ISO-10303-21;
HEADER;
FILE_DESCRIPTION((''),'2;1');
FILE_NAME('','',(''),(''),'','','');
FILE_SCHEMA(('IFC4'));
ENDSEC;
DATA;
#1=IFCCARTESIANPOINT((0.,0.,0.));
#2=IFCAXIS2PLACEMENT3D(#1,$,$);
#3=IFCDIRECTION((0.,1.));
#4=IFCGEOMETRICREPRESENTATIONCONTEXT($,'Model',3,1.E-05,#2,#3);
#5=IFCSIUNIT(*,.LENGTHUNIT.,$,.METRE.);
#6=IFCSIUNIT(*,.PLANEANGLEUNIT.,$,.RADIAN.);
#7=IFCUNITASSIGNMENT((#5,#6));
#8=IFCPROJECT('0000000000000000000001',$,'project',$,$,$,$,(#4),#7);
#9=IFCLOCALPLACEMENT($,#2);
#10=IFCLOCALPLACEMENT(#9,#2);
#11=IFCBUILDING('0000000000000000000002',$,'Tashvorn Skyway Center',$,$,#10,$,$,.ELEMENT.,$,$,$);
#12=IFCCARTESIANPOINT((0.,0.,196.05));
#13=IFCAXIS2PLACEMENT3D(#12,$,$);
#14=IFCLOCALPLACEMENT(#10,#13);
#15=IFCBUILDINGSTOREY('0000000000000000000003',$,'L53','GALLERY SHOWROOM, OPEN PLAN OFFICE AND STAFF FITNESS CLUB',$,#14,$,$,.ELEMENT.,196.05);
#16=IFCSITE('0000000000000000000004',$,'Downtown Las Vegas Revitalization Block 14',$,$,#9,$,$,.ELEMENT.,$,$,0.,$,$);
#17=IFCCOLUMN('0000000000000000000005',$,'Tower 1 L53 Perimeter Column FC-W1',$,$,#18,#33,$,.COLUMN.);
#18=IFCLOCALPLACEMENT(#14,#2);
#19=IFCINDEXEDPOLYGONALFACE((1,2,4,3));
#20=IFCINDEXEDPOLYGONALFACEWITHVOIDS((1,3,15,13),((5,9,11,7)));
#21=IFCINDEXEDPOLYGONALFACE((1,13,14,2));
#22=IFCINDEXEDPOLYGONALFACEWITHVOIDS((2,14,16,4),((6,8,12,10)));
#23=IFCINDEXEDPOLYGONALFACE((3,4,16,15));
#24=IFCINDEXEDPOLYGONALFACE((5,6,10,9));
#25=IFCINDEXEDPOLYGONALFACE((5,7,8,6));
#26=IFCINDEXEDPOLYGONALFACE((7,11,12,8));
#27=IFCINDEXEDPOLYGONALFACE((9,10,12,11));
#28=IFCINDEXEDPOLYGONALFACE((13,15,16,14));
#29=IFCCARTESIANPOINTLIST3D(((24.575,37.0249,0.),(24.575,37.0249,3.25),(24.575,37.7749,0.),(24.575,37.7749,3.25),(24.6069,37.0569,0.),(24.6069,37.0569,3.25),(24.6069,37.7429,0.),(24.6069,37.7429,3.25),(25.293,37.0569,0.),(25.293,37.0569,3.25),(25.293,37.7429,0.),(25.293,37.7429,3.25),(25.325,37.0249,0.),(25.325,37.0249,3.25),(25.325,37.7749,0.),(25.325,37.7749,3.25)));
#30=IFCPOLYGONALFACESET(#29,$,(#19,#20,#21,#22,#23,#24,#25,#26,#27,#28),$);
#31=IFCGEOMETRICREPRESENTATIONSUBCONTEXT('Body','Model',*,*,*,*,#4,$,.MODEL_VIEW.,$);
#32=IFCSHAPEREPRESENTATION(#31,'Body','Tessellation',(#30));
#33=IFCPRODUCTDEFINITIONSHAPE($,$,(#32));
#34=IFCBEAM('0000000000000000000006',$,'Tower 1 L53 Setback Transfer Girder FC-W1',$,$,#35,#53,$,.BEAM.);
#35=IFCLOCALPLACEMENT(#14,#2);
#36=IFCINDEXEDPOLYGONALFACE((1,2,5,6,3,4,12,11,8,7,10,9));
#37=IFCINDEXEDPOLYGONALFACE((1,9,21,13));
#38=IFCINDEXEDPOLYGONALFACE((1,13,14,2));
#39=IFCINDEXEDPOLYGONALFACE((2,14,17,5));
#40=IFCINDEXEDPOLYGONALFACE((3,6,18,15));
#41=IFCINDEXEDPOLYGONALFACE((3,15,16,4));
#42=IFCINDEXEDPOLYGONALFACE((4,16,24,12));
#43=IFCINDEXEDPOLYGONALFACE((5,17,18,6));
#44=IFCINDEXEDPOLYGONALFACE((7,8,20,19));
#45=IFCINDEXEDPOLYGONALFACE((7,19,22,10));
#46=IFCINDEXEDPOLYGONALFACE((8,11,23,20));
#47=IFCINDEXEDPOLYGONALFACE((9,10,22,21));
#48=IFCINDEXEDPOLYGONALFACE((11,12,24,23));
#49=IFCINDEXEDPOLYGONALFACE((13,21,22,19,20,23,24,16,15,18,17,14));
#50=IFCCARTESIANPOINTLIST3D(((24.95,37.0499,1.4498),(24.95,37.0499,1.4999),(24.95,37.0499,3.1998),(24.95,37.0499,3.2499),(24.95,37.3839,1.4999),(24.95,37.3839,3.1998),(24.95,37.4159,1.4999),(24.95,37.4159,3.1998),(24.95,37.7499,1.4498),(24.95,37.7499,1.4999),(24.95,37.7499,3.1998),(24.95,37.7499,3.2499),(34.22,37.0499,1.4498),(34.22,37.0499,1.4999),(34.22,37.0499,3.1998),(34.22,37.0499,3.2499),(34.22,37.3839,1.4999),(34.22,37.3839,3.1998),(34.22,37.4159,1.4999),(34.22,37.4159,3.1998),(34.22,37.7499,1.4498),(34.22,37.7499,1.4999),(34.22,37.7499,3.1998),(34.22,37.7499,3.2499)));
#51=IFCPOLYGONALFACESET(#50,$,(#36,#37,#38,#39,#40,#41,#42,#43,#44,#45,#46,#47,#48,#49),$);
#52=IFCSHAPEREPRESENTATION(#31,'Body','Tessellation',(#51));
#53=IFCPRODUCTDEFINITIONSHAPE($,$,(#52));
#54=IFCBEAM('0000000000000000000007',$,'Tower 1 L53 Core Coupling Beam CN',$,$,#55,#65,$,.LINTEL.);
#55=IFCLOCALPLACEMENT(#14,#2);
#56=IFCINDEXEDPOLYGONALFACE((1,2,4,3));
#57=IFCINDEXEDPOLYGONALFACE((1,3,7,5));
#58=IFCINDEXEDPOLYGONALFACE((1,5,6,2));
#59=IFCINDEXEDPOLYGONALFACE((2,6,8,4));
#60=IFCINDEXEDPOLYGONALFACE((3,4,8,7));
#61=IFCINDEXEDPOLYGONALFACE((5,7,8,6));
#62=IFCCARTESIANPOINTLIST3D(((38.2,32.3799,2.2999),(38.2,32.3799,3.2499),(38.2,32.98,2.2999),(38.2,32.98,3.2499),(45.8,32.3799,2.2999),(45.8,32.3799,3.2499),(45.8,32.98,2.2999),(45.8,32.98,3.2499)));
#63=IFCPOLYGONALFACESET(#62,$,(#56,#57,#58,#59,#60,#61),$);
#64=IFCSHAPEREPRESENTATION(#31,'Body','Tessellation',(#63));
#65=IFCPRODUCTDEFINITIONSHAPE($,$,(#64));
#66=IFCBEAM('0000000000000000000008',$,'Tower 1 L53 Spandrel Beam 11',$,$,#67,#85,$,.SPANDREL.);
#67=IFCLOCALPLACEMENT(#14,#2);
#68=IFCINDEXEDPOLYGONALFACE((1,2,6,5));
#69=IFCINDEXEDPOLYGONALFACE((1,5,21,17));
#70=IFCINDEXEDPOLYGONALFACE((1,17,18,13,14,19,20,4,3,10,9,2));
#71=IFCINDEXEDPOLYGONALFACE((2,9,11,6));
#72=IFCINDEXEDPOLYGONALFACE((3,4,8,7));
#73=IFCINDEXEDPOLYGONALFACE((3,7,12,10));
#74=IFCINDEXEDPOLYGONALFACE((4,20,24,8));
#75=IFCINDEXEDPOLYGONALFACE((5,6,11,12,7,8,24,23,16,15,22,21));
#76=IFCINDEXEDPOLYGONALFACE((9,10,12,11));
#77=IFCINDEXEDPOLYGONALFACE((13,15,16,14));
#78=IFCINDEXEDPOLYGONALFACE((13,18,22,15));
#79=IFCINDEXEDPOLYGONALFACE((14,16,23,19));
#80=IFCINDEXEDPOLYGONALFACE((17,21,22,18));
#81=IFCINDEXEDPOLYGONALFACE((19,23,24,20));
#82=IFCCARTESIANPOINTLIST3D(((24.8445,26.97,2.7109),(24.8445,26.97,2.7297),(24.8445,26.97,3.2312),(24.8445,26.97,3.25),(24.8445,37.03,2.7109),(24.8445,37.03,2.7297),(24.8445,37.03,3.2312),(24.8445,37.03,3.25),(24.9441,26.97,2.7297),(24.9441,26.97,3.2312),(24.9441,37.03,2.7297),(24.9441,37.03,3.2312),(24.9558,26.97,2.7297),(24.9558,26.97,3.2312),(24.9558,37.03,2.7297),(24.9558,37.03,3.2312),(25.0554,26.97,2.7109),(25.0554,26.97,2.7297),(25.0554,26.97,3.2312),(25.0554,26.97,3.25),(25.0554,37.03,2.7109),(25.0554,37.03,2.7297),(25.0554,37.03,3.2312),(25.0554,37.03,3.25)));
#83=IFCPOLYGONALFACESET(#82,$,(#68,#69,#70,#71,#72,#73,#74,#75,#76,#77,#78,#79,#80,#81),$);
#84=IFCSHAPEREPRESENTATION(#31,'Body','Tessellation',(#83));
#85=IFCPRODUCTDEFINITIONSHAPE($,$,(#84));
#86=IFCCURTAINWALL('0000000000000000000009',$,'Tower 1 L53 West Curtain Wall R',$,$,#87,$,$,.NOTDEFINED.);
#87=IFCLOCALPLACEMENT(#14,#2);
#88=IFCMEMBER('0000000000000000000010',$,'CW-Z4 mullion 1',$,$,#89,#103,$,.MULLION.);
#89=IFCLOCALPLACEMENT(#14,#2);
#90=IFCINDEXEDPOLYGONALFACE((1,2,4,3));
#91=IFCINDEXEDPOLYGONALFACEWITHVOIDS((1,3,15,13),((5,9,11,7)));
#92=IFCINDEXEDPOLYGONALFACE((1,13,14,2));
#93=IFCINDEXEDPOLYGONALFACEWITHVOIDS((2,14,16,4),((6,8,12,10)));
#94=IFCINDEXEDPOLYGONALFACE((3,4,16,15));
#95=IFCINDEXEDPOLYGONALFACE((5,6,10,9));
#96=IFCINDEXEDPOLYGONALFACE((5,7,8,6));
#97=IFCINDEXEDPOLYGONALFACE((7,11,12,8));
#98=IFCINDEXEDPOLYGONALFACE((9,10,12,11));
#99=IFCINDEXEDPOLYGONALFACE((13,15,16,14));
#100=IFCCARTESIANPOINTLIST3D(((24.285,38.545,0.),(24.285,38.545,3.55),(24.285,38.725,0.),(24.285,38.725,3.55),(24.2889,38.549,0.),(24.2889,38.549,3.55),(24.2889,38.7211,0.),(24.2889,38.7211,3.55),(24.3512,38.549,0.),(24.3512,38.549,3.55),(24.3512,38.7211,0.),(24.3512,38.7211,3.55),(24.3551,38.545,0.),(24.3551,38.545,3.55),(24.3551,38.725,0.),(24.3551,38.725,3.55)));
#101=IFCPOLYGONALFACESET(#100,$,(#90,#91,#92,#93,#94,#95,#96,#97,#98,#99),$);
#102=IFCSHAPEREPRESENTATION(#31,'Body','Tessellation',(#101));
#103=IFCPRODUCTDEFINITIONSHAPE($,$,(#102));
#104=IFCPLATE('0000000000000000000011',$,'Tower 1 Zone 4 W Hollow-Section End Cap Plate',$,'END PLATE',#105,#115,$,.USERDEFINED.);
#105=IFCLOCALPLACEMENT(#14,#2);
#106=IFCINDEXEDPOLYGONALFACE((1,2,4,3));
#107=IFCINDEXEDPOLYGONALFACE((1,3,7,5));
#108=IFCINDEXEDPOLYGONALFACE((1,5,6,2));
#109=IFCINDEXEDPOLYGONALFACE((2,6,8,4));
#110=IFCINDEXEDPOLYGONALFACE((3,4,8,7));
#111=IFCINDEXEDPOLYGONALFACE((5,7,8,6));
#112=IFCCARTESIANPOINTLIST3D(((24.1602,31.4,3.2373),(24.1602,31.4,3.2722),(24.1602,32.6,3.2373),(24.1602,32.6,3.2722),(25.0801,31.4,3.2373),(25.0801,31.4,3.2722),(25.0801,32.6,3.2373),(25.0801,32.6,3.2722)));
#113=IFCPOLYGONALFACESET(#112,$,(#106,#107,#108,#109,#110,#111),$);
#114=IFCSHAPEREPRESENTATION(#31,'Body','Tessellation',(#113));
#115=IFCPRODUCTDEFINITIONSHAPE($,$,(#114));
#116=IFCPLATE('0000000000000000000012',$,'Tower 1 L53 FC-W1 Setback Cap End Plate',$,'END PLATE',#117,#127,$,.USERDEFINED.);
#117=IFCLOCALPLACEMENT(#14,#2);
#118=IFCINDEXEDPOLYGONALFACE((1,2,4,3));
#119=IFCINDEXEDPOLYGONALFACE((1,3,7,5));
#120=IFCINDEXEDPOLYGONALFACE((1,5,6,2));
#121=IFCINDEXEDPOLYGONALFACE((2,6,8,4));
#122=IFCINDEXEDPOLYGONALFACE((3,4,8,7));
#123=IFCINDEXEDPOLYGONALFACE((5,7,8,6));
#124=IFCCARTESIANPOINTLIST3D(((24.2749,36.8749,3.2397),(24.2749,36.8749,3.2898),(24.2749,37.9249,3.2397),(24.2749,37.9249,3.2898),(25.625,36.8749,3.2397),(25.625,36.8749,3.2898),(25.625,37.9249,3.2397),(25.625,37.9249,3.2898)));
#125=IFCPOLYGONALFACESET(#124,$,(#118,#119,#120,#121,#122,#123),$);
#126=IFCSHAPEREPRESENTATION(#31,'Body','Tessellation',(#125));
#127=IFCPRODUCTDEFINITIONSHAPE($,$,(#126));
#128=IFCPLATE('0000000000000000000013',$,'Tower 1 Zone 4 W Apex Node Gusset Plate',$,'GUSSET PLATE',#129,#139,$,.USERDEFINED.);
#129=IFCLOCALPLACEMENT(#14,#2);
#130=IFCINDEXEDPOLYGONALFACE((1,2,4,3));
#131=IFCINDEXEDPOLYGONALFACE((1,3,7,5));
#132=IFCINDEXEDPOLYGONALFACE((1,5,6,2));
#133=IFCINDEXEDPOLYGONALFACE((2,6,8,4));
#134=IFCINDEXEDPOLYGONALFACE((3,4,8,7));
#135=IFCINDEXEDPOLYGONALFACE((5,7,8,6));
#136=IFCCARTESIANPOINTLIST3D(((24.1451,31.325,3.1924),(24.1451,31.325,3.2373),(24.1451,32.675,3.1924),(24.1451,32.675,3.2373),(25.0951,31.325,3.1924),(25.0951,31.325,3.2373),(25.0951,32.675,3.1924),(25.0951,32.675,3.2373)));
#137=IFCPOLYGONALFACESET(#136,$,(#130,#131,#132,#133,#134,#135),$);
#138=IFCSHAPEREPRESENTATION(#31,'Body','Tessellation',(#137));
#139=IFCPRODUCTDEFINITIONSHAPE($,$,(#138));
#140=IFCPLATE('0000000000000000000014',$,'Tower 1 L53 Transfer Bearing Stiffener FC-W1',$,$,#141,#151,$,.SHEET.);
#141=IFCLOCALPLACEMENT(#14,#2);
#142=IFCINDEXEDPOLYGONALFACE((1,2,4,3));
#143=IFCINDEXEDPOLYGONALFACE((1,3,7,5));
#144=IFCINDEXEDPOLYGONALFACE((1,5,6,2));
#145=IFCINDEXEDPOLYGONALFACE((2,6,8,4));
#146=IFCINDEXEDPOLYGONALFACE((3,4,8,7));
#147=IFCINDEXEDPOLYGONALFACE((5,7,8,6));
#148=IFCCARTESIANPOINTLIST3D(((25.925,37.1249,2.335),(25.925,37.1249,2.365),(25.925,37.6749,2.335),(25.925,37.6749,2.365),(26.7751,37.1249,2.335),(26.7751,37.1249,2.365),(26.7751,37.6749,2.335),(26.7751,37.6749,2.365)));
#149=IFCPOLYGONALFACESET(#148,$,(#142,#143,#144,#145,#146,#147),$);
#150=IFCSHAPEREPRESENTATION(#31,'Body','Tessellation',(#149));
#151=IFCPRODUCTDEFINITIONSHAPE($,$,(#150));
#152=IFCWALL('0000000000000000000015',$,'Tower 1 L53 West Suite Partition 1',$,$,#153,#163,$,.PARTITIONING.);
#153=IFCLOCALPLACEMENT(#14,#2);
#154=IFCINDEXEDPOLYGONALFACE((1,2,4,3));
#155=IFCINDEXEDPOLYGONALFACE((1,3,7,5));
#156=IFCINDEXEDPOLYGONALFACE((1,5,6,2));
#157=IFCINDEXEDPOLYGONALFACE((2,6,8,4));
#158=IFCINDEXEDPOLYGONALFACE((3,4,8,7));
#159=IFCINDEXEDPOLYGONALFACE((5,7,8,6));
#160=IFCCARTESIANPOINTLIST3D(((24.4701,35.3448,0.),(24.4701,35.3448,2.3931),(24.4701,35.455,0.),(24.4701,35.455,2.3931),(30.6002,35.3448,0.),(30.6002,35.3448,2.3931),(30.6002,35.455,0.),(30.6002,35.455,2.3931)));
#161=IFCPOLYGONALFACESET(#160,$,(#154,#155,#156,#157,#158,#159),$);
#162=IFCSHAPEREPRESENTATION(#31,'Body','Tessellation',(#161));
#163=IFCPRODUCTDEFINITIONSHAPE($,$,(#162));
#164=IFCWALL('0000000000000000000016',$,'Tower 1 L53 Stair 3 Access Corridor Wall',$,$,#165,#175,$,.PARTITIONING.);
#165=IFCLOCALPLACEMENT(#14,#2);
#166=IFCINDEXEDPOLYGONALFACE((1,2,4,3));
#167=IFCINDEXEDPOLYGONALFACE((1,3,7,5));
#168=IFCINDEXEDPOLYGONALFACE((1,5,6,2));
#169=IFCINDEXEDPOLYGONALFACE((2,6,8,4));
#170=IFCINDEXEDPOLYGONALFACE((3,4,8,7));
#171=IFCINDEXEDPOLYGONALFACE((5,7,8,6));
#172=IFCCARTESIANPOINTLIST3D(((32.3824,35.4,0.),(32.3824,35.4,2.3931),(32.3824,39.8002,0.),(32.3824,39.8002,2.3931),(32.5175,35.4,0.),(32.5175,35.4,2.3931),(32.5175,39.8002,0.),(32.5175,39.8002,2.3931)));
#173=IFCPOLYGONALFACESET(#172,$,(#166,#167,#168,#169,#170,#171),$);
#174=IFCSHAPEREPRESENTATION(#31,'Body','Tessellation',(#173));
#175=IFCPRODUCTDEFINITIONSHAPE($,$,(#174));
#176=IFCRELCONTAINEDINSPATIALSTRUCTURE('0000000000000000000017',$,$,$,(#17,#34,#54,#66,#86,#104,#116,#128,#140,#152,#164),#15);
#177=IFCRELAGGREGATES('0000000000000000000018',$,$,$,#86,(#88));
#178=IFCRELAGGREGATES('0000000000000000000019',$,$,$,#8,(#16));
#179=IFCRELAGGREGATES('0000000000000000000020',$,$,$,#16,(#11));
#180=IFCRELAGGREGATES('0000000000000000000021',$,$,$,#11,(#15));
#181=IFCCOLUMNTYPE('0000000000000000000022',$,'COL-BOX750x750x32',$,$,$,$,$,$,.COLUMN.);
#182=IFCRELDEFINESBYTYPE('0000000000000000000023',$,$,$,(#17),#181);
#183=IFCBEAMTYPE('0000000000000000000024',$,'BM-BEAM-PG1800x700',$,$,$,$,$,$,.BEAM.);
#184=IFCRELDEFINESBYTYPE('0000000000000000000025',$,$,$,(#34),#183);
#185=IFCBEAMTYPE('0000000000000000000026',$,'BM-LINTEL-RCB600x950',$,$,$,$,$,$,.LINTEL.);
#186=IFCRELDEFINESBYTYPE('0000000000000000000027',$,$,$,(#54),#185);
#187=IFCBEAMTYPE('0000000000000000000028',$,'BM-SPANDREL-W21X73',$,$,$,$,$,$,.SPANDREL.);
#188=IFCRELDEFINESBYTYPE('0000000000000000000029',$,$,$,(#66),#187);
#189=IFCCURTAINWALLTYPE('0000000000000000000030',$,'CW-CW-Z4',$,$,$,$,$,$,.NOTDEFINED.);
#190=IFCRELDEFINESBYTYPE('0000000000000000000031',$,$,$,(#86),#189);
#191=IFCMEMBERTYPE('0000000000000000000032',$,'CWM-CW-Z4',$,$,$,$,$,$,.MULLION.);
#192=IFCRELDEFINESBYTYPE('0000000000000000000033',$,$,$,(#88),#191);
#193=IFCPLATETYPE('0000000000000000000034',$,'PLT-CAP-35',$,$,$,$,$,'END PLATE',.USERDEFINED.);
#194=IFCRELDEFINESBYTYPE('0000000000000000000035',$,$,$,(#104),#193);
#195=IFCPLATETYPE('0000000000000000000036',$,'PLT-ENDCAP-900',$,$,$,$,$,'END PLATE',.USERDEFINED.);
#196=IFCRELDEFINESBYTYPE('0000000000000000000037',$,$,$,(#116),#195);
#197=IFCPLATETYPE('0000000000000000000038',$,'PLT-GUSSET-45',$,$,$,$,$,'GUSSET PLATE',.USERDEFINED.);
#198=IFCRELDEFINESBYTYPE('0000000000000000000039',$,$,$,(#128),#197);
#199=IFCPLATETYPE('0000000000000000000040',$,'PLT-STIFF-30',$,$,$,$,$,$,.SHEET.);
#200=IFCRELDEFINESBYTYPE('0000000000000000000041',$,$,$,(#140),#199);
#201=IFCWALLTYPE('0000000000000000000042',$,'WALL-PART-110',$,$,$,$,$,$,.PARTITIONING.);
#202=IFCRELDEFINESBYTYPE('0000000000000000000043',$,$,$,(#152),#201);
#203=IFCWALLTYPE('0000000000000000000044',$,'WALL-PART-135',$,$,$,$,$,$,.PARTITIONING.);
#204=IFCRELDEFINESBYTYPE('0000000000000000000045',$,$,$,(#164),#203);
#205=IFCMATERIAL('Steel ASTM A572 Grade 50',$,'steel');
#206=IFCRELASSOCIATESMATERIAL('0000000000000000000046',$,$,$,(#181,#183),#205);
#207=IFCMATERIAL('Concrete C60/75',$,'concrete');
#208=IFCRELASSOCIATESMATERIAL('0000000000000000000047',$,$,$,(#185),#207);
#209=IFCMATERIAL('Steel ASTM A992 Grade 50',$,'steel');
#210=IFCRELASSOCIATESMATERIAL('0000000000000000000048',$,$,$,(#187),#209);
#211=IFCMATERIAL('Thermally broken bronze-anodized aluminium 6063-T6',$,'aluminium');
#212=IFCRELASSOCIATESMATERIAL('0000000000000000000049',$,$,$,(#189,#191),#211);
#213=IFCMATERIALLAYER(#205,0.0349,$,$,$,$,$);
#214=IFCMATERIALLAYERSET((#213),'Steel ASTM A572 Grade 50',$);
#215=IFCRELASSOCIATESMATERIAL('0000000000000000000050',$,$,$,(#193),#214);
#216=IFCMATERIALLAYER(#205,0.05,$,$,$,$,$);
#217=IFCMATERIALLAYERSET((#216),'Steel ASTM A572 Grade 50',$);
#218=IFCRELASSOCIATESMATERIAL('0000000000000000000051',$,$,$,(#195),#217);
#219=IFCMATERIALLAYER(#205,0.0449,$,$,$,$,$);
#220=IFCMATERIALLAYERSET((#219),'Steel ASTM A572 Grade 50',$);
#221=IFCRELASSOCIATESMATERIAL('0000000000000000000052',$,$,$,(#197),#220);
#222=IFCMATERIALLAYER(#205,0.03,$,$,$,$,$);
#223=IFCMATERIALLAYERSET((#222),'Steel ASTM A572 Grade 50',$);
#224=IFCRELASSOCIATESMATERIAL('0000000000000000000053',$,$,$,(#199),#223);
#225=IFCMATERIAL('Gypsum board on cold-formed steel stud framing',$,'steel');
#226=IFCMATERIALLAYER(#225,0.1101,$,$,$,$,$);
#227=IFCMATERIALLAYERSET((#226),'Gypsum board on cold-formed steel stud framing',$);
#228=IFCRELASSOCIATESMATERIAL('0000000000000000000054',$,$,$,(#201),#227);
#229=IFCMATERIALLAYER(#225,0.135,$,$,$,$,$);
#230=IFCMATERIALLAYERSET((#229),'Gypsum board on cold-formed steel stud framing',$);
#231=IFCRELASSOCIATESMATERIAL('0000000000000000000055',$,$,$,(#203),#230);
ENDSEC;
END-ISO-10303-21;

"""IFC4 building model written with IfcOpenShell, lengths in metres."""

from ifc_helpers import new_model, si_unit, direction, frame, frame_2d, origin, origin_2d, place, context, subcontext, project, spatial, rectangle, hollow_rectangle, i_section, extrude, material, layer, layer_set, material_profile, profile_set, type_object, element, aggregate, save


model = new_model("IFC4")

# Units and contexts
model_context = context("Model", 3, precision=1e-05, world=origin(), true_north=direction((0.0, 1.0)))
body_context = subcontext(model_context, "Body", "Model", "MODEL_VIEW")
ifc_project = project(units=[si_unit("LENGTHUNIT", "METRE"), si_unit("PLANEANGLEUNIT", "RADIAN")], contexts=[model_context])

# Site, building, storey
site_placement = place(None, origin())
site = spatial("IfcSite", under=ifc_project, at=site_placement, Name="Downtown Las Vegas Revitalization Block 14", CompositionType="ELEMENT", RefElevation=0.0)
building_placement = place(site_placement, origin())
building = spatial("IfcBuilding", under=site, at=building_placement, Name="Tashvorn Skyway Center", CompositionType="ELEMENT")
storey_placement = place(building_placement, frame((0.0, 0.0, 196.05)))
storey = spatial("IfcBuildingStorey", under=building, at=storey_placement, Name="L53", Description="GALLERY SHOWROOM, OPEN PLAN OFFICE AND STAFF FITNESS CLUB", CompositionType="ELEMENT", Elevation=196.05)

# Column
ifc_material_1 = material(Name="Steel ASTM A572 Grade 50", Category="steel")
ifc_material_profile_1 = material_profile(ifc_material_1, hollow_rectangle(XDim=0.75, YDim=0.75, WallThickness=0.032, at=origin_2d()), Name="BOX750x750x32")
ifc_profile_set_1 = profile_set([ifc_material_profile_1], Name="Steel ASTM A572 Grade 50")
column_type = type_object("IfcColumnType", Name="COL-BOX750x750x32", PredefinedType="COLUMN", material=ifc_profile_set_1)
column_placement = place(storey_placement, frame((24.95, 37.3999, 0.0), z_axis=(0.0, 0.0, 1.0), x_axis=(1.0, 0.0, 0.0)))
element("IfcColumn", 1, at=column_placement, inside=storey, type_object=column_type, Name="Tower 1 L53 Perimeter Column FC-W1", PredefinedType="COLUMN", context=body_context, shape_type="SweptSolid", body=[
    extrude(hollow_rectangle(XDim=0.75, YDim=0.75, WallThickness=0.032, at=origin_2d()), origin(), (0.0, 0.0, 1.0), 3.25),
])

# Beams
ifc_material_profile_2 = material_profile(ifc_material_1, i_section(OverallWidth=0.7, OverallDepth=1.8, WebThickness=0.032, FlangeThickness=0.05, at=origin_2d()), Name="PG1800x700")
ifc_profile_set_2 = profile_set([ifc_material_profile_2], Name="Steel ASTM A572 Grade 50")
beam_type_1 = type_object("IfcBeamType", Name="BM-BEAM-PG1800x700", PredefinedType="BEAM", material=ifc_profile_set_2)
beam_1_placement = place(storey_placement, frame((24.95, 37.3999, 2.3499), z_axis=(1.0, 0.0, 0.0), x_axis=(0.0, 1.0, 0.0)))
element("IfcBeam", 2, at=beam_1_placement, inside=storey, type_object=beam_type_1, Name="Tower 1 L53 Setback Transfer Girder FC-W1", PredefinedType="BEAM", context=body_context, shape_type="SweptSolid", body=[
    extrude(i_section(OverallWidth=0.7, OverallDepth=1.8, WebThickness=0.032, FlangeThickness=0.05, at=origin_2d()), origin(), (0.0, 0.0, 1.0), 9.27),
])
ifc_material_2 = material(Name="Concrete C60/75", Category="concrete")
ifc_material_profile_3 = material_profile(ifc_material_2, rectangle(XDim=0.6001, YDim=0.95, at=origin_2d()), Name="RCB600x950")
ifc_profile_set_3 = profile_set([ifc_material_profile_3], Name="Concrete C60/75")
beam_type_2 = type_object("IfcBeamType", Name="BM-LINTEL-RCB600x950", PredefinedType="LINTEL", material=ifc_profile_set_3)
beam_2_placement = place(storey_placement, frame((38.2, 32.6799, 2.7749), z_axis=(1.0, 0.0, 0.0), x_axis=(0.0, 1.0, 0.0)))
element("IfcBeam", 3, at=beam_2_placement, inside=storey, type_object=beam_type_2, Name="Tower 1 L53 Core Coupling Beam CN", PredefinedType="LINTEL", context=body_context, shape_type="SweptSolid", body=[
    extrude(rectangle(XDim=0.6001, YDim=0.95, at=origin_2d()), origin(), (0.0, 0.0, 1.0), 7.6001),
])
ifc_material_3 = material(Name="Steel ASTM A992 Grade 50", Category="steel")
ifc_material_profile_4 = material_profile(ifc_material_3, i_section(OverallWidth=0.2109, OverallDepth=0.5391, WebThickness=0.0117, FlangeThickness=0.0188, at=origin_2d()), Name="W21X73")
ifc_profile_set_4 = profile_set([ifc_material_profile_4], Name="Steel ASTM A992 Grade 50")
beam_type_3 = type_object("IfcBeamType", Name="BM-SPANDREL-W21X73", PredefinedType="SPANDREL", material=ifc_profile_set_4)
beam_3_placement = place(storey_placement, frame((24.95, 37.03, 2.9805), z_axis=(0.0, -1.0, 0.0), x_axis=(1.0, 0.0, 0.0)))
element("IfcBeam", 4, at=beam_3_placement, inside=storey, type_object=beam_type_3, Name="Tower 1 L53 Spandrel Beam 11", PredefinedType="SPANDREL", context=body_context, shape_type="SweptSolid", body=[
    extrude(i_section(OverallWidth=0.2109, OverallDepth=0.5391, WebThickness=0.0117, FlangeThickness=0.0188, at=origin_2d()), origin(), (0.0, 0.0, 1.0), 10.0601),
])

# Curtain wall, member
ifc_material_4 = material(Name="Thermally broken bronze-anodized aluminium 6063-T6", Category="aluminium")
curtain_wall_type = type_object("IfcCurtainWallType", Name="CW-CW-Z4", PredefinedType="NOTDEFINED", material=ifc_material_4)
curtain_wall_placement = place(storey_placement, origin())
curtain_wall = element("IfcCurtainWall", 5, at=curtain_wall_placement, inside=storey, type_object=curtain_wall_type, Name="Tower 1 L53 West Curtain Wall R", PredefinedType="NOTDEFINED")
ifc_material_profile_5 = material_profile(ifc_material_4, hollow_rectangle(XDim=0.0701, YDim=0.1799, WallThickness=0.0039, at=origin_2d()), Name="ALU-MULL-70x180")
ifc_profile_set_5 = profile_set([ifc_material_profile_5], Name="Thermally broken bronze-anodized aluminium 6063-T6")
member_type = type_object("IfcMemberType", Name="CWM-CW-Z4", PredefinedType="MULLION", material=ifc_profile_set_5)
member_placement = place(storey_placement, frame((24.3201, 38.635, 0.0), z_axis=(0.0, 0.0, 1.0), x_axis=(-1.0, 0.0, 0.0)))
member = element("IfcMember", 6, at=member_placement, type_object=member_type, Name="CW-Z4 mullion 1", PredefinedType="MULLION", context=body_context, shape_type="SweptSolid", body=[
    extrude(hollow_rectangle(XDim=0.0701, YDim=0.1799, WallThickness=0.0039, at=origin_2d()), origin(), (0.0, 0.0, 1.0), 3.55),
])
aggregate(curtain_wall, [member])

# Plates
ifc_layer_1 = layer(ifc_material_1, 0.0349)
ifc_layer_set_1 = layer_set([ifc_layer_1], Name="Steel ASTM A572 Grade 50")
plate_type_1 = type_object("IfcPlateType", Name="PLT-CAP-35", ElementType="END PLATE", PredefinedType="USERDEFINED", material=ifc_layer_set_1)
plate_1_placement = place(storey_placement, frame((24.6201, 32.0, 3.2373), z_axis=(0.0, 0.0, 1.0), x_axis=(0.0, -1.0, 0.0)))
element("IfcPlate", 7, at=plate_1_placement, inside=storey, type_object=plate_type_1, Name="Tower 1 Zone 4 W Hollow-Section End Cap Plate", ObjectType="END PLATE", PredefinedType="USERDEFINED", context=body_context, shape_type="SweptSolid", body=[
    extrude(rectangle(XDim=1.2, YDim=0.9199, at=origin_2d()), origin(), (0.0, 0.0, 1.0), 0.0349),
])
ifc_layer_2 = layer(ifc_material_1, 0.05)
ifc_layer_set_2 = layer_set([ifc_layer_2], Name="Steel ASTM A572 Grade 50")
plate_type_2 = type_object("IfcPlateType", Name="PLT-ENDCAP-900", ElementType="END PLATE", PredefinedType="USERDEFINED", material=ifc_layer_set_2)
plate_2_placement = place(storey_placement, frame((24.95, 37.3999, 3.2397), z_axis=(0.0, 0.0, 1.0), x_axis=(1.0, 0.0, 0.0)))
element("IfcPlate", 8, at=plate_2_placement, inside=storey, type_object=plate_type_2, Name="Tower 1 L53 FC-W1 Setback Cap End Plate", ObjectType="END PLATE", PredefinedType="USERDEFINED", context=body_context, shape_type="SweptSolid", body=[
    extrude(rectangle(XDim=1.3501, YDim=1.05, at=origin_2d()), origin(), (0.0, 0.0, 1.0), 0.05),
])
ifc_layer_3 = layer(ifc_material_1, 0.0449)
ifc_layer_set_3 = layer_set([ifc_layer_3], Name="Steel ASTM A572 Grade 50")
plate_type_3 = type_object("IfcPlateType", Name="PLT-GUSSET-45", ElementType="GUSSET PLATE", PredefinedType="USERDEFINED", material=ifc_layer_set_3)
plate_3_placement = place(storey_placement, frame((24.6201, 32.0, 3.1924), z_axis=(0.0, 0.0, 1.0), x_axis=(0.0, -1.0, 0.0)))
element("IfcPlate", 9, at=plate_3_placement, inside=storey, type_object=plate_type_3, Name="Tower 1 Zone 4 W Apex Node Gusset Plate", ObjectType="GUSSET PLATE", PredefinedType="USERDEFINED", context=body_context, shape_type="SweptSolid", body=[
    extrude(rectangle(XDim=1.3501, YDim=0.95, at=origin_2d()), origin(), (0.0, 0.0, 1.0), 0.0449),
])
ifc_layer_4 = layer(ifc_material_1, 0.03)
ifc_layer_set_4 = layer_set([ifc_layer_4], Name="Steel ASTM A572 Grade 50")
plate_type_4 = type_object("IfcPlateType", Name="PLT-STIFF-30", PredefinedType="SHEET", material=ifc_layer_set_4)
plate_4_placement = place(storey_placement, frame((26.3501, 37.3999, 2.335), z_axis=(0.0, 0.0, 1.0), x_axis=(1.0, 0.0, 0.0)))
element("IfcPlate", 10, at=plate_4_placement, inside=storey, type_object=plate_type_4, Name="Tower 1 L53 Transfer Bearing Stiffener FC-W1", PredefinedType="SHEET", context=body_context, shape_type="SweptSolid", body=[
    extrude(rectangle(XDim=0.8501, YDim=0.55, at=origin_2d()), origin(), (0.0, 0.0, 1.0), 0.03),
])

# Walls
ifc_material_5 = material(Name="Gypsum board on cold-formed steel stud framing", Category="steel")
ifc_layer_5 = layer(ifc_material_5, 0.1101)
ifc_layer_set_5 = layer_set([ifc_layer_5], Name="Gypsum board on cold-formed steel stud framing")
wall_type_1 = type_object("IfcWallType", Name="WALL-PART-110", PredefinedType="PARTITIONING", material=ifc_layer_set_5)
wall_1_placement = place(storey_placement, frame((30.6001, 35.3999, 0.0), z_axis=(0.0, 0.0, 1.0), x_axis=(-1.0, 0.0, 0.0)))
element("IfcWall", 11, at=wall_1_placement, inside=storey, type_object=wall_type_1, Name="Tower 1 L53 West Suite Partition 1", PredefinedType="PARTITIONING", context=body_context, shape_type="SweptSolid", body=[
    extrude(rectangle(XDim=6.1301, YDim=0.1101, at=frame_2d((3.0649, 0.0))), origin(), (0.0, 0.0, 1.0), 2.3931),
])
ifc_layer_6 = layer(ifc_material_5, 0.135)
ifc_layer_set_6 = layer_set([ifc_layer_6], Name="Gypsum board on cold-formed steel stud framing")
wall_type_2 = type_object("IfcWallType", Name="WALL-PART-135", PredefinedType="PARTITIONING", material=ifc_layer_set_6)
wall_2_placement = place(storey_placement, frame((32.45, 35.3999, 0.0), z_axis=(0.0, 0.0, 1.0), x_axis=(0.0, 1.0, 0.0)))
element("IfcWall", 12, at=wall_2_placement, inside=storey, type_object=wall_type_2, Name="Tower 1 L53 Stair 3 Access Corridor Wall", PredefinedType="PARTITIONING", context=body_context, shape_type="SweptSolid", body=[
    extrude(rectangle(XDim=4.4001, YDim=0.135, at=frame_2d((2.2002, 0.0))), origin(), (0.0, 0.0, 1.0), 2.3931),
])

save(model, "model.ifc")
